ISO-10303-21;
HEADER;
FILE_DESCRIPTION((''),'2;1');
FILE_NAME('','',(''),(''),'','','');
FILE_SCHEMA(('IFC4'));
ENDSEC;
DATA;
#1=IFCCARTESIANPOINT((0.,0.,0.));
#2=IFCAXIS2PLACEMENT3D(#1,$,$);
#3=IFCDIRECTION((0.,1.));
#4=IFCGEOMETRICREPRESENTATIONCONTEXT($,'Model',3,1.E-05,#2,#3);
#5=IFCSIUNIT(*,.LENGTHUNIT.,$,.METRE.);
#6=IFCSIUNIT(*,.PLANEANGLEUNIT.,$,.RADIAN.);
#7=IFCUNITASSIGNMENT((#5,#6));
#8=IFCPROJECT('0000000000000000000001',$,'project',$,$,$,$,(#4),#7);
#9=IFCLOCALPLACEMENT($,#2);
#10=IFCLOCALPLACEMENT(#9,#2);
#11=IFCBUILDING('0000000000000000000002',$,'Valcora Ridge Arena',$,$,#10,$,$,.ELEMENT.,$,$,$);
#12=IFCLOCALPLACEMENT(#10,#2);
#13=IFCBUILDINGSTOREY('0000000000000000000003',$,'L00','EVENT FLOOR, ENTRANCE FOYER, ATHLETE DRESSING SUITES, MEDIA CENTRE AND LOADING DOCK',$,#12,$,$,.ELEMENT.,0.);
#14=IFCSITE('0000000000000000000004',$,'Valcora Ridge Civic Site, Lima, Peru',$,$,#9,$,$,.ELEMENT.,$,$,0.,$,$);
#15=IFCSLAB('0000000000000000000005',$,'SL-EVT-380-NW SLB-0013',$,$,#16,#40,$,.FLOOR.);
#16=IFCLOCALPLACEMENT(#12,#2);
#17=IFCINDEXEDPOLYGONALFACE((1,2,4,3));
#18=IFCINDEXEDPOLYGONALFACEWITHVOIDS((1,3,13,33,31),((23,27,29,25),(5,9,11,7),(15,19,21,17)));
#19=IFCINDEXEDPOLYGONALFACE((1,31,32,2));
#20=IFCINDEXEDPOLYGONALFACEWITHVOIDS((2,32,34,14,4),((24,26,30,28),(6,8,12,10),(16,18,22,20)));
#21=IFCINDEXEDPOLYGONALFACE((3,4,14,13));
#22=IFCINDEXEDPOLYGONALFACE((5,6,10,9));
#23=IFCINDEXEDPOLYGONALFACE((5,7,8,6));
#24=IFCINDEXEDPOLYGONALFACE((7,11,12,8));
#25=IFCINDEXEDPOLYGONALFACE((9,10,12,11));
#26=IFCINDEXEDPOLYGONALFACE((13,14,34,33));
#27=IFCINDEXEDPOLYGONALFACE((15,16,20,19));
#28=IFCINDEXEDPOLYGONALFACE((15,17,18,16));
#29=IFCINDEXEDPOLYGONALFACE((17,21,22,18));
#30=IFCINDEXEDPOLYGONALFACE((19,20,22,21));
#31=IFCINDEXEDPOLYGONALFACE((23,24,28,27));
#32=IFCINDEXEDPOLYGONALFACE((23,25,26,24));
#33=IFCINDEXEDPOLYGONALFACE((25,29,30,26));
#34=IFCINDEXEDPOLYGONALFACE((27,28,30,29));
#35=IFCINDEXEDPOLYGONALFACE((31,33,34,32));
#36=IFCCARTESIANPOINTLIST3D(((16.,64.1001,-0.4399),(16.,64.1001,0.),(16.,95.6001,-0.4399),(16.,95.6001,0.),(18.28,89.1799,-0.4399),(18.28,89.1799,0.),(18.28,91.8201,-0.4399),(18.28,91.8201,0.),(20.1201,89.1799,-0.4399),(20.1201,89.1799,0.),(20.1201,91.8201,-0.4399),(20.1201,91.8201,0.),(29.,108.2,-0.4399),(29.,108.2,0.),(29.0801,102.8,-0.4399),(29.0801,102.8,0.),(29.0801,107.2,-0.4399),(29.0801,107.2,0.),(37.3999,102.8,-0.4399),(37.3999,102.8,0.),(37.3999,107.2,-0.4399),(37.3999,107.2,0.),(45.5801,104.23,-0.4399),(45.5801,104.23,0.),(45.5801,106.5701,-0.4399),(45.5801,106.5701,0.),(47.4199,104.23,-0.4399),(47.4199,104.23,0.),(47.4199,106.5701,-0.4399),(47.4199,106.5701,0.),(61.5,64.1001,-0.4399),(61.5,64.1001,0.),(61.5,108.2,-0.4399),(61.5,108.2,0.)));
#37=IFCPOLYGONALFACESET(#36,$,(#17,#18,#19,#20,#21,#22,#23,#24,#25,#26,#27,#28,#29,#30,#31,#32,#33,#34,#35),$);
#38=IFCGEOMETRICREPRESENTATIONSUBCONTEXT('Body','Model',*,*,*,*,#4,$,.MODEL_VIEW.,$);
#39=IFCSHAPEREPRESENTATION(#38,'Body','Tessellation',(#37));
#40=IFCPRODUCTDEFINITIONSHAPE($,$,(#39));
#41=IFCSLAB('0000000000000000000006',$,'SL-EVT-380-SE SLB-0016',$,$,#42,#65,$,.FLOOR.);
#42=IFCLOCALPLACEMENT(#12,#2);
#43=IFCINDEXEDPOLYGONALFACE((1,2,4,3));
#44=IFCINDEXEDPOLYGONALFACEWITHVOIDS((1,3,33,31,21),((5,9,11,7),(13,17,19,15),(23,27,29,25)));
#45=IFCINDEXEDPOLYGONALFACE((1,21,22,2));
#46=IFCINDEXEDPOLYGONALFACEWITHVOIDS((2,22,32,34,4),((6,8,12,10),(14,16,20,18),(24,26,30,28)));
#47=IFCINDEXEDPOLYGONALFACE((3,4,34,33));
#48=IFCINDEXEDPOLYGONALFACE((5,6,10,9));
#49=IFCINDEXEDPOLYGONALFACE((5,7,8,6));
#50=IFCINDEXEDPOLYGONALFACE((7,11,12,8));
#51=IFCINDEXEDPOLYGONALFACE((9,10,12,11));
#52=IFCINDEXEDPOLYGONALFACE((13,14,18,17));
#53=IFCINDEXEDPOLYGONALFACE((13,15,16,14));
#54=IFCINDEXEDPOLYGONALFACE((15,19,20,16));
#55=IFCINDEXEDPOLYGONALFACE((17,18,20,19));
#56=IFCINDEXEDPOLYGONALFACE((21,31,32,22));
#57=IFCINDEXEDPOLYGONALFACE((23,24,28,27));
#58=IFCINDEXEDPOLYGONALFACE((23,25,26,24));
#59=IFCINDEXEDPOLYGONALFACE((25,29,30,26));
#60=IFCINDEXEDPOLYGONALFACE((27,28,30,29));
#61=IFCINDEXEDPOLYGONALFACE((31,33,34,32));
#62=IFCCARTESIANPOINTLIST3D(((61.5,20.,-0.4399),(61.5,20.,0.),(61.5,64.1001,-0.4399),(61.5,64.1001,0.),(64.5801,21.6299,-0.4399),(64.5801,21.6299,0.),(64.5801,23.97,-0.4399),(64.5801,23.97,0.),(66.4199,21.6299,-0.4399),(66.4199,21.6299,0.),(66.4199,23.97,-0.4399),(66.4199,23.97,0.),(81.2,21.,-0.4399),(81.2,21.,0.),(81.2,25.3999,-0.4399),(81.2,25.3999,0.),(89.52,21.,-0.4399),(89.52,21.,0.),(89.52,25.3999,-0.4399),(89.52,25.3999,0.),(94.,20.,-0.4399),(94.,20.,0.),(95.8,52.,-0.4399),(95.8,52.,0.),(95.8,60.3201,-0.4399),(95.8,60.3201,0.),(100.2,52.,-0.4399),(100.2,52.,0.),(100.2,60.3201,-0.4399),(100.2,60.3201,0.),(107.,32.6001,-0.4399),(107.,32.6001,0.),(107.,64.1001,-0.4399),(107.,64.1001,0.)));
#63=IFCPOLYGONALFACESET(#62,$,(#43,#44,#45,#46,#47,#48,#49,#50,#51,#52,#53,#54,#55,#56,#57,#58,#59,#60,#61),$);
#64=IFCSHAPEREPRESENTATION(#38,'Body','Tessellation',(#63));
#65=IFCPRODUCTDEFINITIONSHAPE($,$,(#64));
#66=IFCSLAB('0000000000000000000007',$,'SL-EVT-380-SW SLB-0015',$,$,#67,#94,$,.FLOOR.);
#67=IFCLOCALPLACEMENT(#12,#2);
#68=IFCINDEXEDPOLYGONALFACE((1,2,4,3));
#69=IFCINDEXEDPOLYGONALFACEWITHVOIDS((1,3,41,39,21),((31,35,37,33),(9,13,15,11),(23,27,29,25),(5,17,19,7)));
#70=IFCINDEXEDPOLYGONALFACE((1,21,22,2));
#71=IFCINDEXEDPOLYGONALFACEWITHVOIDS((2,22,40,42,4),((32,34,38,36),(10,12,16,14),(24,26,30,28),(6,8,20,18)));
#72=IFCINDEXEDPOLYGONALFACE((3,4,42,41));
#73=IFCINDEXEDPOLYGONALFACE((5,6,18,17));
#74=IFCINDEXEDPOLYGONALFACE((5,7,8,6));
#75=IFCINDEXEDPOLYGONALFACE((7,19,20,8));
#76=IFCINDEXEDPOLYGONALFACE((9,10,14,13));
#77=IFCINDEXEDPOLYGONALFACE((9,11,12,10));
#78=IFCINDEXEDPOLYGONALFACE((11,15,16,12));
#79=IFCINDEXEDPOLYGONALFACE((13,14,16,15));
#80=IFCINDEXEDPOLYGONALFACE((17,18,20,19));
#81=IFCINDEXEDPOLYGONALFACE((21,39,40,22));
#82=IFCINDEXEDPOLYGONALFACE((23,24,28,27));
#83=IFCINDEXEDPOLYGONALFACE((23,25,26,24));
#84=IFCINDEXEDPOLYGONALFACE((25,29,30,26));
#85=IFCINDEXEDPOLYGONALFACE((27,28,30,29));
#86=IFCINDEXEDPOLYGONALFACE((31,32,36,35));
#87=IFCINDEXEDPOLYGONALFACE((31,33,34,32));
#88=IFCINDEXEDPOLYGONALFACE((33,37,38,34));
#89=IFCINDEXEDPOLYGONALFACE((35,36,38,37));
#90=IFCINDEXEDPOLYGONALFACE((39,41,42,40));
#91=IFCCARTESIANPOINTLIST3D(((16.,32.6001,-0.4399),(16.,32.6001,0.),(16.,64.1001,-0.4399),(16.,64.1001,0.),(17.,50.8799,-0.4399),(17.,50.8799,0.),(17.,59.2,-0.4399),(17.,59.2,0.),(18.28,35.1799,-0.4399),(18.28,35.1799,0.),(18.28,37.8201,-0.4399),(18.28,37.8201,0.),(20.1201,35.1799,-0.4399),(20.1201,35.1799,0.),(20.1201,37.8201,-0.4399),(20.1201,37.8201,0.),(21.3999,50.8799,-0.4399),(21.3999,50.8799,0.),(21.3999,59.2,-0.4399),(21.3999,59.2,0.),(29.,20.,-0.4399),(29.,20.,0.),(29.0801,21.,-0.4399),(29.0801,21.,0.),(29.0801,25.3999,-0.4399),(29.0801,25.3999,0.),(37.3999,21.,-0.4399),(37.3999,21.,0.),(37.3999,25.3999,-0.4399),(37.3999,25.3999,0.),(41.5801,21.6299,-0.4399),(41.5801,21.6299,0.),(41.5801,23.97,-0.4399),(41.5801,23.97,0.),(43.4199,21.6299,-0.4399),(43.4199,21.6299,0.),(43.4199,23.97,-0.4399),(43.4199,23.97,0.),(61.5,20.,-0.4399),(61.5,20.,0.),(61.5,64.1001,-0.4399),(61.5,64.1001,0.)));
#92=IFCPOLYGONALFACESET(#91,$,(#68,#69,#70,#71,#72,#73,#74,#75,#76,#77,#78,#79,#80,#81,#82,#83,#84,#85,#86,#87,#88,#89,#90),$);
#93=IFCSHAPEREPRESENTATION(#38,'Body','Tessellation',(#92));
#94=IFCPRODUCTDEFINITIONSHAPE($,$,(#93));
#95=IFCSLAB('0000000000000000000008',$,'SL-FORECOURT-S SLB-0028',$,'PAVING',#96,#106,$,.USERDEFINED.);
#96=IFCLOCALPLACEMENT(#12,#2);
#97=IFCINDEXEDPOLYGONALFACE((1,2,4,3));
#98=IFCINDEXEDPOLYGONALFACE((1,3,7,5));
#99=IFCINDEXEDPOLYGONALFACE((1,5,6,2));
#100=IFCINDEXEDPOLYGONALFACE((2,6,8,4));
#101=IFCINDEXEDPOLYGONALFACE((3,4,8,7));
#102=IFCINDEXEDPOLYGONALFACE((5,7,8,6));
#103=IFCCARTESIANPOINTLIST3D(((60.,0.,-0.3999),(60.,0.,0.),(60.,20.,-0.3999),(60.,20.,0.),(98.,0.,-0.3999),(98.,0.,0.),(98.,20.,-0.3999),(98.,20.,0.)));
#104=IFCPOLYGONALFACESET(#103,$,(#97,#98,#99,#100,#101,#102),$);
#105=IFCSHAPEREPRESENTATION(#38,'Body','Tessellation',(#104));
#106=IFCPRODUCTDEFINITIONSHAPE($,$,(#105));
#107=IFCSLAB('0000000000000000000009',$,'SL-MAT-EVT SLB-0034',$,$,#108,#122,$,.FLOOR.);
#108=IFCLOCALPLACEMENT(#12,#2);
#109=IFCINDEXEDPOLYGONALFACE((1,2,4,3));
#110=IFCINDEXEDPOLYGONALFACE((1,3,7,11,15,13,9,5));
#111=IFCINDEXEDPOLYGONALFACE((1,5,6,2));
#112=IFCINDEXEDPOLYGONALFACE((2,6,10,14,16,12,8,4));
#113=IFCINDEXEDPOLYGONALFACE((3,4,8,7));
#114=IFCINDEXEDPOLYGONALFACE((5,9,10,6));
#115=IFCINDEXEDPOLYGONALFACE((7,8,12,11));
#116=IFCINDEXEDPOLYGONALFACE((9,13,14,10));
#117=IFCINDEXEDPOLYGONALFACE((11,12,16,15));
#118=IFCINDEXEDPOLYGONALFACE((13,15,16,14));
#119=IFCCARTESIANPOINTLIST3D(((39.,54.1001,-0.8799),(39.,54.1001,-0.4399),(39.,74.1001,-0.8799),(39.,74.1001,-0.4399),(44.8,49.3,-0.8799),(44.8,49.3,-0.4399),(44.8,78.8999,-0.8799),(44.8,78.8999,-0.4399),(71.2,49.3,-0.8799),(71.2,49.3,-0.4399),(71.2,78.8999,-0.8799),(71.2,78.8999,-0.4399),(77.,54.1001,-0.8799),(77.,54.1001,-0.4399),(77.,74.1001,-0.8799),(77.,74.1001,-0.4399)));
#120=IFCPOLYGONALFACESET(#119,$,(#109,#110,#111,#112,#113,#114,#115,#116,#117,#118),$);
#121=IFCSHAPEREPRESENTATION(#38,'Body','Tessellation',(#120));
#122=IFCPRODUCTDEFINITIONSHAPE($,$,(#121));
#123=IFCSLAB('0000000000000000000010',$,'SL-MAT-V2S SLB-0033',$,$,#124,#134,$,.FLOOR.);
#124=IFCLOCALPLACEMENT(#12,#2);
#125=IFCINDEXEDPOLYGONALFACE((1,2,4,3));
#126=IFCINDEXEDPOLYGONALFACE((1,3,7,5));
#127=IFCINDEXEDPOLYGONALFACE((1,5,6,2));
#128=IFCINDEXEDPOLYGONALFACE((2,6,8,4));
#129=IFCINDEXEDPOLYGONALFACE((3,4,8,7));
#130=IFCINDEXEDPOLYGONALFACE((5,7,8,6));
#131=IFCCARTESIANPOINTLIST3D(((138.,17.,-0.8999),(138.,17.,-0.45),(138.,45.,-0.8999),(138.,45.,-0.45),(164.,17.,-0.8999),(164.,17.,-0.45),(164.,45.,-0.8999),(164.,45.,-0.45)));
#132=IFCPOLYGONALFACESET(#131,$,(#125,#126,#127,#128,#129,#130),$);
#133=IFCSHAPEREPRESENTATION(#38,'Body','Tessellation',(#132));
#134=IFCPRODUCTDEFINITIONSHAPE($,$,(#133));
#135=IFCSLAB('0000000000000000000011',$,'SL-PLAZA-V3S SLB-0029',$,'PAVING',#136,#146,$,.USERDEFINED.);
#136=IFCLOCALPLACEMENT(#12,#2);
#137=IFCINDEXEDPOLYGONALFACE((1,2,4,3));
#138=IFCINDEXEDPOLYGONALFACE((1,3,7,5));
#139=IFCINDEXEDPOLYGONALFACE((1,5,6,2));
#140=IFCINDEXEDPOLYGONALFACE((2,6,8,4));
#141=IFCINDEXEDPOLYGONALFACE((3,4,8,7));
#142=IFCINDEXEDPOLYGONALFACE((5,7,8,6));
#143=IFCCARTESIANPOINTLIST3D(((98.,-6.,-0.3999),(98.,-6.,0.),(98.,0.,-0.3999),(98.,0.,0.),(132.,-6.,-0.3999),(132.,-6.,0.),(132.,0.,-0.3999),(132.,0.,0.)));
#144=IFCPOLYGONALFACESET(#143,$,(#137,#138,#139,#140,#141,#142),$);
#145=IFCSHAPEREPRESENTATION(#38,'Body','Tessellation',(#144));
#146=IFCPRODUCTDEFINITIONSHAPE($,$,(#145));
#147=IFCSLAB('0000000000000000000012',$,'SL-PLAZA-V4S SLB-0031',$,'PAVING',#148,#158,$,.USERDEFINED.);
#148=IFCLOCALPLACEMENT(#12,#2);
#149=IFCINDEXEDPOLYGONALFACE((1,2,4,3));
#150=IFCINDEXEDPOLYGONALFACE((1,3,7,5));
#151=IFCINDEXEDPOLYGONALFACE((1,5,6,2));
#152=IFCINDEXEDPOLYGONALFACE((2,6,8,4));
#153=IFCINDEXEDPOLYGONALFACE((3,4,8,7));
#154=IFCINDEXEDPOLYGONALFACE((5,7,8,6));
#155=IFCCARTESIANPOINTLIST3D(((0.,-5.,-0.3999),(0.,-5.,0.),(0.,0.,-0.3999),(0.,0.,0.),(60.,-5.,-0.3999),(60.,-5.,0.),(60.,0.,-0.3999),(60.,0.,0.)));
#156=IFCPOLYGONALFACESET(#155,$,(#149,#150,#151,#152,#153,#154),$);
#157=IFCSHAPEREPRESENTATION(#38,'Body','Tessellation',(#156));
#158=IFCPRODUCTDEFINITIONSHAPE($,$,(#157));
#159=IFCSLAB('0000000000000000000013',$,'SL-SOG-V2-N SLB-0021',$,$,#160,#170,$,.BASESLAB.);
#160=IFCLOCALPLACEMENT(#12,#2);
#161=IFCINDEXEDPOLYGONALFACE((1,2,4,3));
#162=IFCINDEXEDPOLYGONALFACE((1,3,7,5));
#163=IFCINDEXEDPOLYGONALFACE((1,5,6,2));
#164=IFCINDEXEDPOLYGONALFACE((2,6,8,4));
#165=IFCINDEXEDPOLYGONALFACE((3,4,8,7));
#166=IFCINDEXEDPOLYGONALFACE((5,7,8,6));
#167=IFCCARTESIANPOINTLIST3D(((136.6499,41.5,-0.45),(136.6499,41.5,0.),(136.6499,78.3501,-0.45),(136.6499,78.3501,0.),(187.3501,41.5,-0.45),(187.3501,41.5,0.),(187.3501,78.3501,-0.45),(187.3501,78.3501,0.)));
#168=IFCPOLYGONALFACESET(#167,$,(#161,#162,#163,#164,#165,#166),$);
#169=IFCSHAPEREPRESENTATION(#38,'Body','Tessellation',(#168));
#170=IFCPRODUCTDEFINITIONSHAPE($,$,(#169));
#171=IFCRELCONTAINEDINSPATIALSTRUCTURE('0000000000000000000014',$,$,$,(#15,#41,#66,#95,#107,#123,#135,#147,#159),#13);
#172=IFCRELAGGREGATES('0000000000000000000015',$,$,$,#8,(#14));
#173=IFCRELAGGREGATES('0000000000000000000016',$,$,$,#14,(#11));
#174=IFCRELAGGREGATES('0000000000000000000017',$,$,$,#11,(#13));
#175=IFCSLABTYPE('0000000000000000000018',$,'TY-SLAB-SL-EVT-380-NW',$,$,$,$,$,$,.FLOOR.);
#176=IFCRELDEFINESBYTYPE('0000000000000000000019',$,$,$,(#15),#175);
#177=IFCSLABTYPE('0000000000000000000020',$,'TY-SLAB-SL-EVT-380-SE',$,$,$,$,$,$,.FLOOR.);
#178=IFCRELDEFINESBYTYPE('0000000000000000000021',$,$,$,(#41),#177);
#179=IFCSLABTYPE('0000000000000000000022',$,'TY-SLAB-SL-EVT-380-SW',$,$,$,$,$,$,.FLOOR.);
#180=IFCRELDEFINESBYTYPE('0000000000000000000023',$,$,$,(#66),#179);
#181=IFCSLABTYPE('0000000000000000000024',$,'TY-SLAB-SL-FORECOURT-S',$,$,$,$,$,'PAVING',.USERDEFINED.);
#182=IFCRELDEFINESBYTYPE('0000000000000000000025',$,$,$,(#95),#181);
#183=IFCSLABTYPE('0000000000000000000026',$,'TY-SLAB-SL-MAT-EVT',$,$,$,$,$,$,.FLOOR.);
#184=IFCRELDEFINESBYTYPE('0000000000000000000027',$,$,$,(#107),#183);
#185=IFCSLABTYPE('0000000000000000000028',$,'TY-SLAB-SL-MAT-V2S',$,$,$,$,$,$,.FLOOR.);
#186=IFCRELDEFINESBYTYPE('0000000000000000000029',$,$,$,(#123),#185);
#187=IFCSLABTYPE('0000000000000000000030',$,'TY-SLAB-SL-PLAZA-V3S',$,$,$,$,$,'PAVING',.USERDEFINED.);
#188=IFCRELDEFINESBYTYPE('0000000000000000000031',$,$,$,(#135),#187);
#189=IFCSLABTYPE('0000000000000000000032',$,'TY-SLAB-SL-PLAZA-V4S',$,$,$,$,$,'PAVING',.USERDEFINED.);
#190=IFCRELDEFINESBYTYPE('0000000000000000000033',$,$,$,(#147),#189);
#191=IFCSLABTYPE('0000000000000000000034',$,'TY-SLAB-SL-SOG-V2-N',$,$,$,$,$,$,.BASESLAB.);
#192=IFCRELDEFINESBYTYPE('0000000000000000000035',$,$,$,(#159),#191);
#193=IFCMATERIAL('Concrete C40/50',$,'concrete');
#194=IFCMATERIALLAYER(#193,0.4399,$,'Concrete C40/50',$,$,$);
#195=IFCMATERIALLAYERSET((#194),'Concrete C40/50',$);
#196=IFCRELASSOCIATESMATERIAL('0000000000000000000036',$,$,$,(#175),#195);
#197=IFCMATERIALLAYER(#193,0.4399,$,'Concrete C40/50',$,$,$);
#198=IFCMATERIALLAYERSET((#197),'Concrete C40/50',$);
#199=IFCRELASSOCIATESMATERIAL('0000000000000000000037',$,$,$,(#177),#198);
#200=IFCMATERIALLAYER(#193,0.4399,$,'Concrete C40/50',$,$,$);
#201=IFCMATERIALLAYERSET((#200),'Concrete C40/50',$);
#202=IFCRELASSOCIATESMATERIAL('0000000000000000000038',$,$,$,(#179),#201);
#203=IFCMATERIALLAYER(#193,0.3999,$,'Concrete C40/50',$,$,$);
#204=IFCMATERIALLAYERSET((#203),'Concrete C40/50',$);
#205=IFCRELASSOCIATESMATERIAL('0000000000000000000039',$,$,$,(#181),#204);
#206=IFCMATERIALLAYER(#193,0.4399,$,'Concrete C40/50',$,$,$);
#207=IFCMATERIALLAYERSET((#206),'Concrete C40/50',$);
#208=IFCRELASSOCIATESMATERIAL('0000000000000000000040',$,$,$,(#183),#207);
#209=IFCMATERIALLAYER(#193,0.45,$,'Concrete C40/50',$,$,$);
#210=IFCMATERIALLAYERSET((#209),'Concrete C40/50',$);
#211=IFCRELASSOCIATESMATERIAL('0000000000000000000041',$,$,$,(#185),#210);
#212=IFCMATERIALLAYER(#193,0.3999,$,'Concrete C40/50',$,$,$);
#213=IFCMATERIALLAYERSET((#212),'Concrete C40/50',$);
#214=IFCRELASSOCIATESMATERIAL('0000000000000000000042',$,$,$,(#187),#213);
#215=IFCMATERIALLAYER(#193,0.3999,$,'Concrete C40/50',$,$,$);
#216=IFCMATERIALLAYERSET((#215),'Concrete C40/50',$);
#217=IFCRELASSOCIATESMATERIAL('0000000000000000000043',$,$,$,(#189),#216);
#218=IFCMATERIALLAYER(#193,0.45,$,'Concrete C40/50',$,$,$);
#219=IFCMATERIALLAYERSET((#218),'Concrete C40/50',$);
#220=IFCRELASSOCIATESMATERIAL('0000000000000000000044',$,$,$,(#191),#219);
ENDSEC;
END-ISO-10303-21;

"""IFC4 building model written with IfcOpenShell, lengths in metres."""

from ifc_helpers import new_model, si_unit, direction, frame, origin, place, context, subcontext, project, spatial, polyline, outline, extrude, material, layer, layer_set, type_object, element, save


model = new_model("IFC4")

# Units and contexts
model_context = context("Model", 3, precision=1e-05, world=origin(), true_north=direction((0.0, 1.0)))
body_context = subcontext(model_context, "Body", "Model", "MODEL_VIEW")
ifc_project = project(units=[si_unit("LENGTHUNIT", "METRE"), si_unit("PLANEANGLEUNIT", "RADIAN")], contexts=[model_context])

# Site, building, storey
site_placement = place(None, origin())
site = spatial("IfcSite", under=ifc_project, at=site_placement, Name="Valcora Ridge Civic Site, Lima, Peru", CompositionType="ELEMENT", RefElevation=0.0)
building_placement = place(site_placement, origin())
building = spatial("IfcBuilding", under=site, at=building_placement, Name="Valcora Ridge Arena", CompositionType="ELEMENT")
storey_placement = place(building_placement, origin())
storey = spatial("IfcBuildingStorey", under=building, at=storey_placement, Name="L00", Description="EVENT FLOOR, ENTRANCE FOYER, ATHLETE DRESSING SUITES, MEDIA CENTRE AND LOADING DOCK", CompositionType="ELEMENT", Elevation=0.0)

# Shared definitions
ifc_material_1 = material(Name="Concrete C40/50", Category="concrete")

# Slabs
ifc_layer_1 = layer(ifc_material_1, 0.4399, Name="Concrete C40/50")
ifc_layer_set_1 = layer_set([ifc_layer_1], Name="Concrete C40/50")
slab_type_1 = type_object("IfcSlabType", Name="TY-SLAB-SL-EVT-380-NW", PredefinedType="FLOOR", material=ifc_layer_set_1)
slab_1_placement = place(storey_placement, frame((0.0, 0.0, -0.4399)))
element("IfcSlab", 1, at=slab_1_placement, inside=storey, type_object=slab_type_1, Name="SL-EVT-380-NW SLB-0013", PredefinedType="FLOOR", context=body_context, shape_type="SweptSolid", body=[
    extrude(outline(polyline([(16.0, 95.6001), (16.0, 64.1001), (61.5, 64.1001), (61.5, 108.2), (29.0, 108.2), (16.0, 95.6001)]), holes=[polyline([(37.3999, 102.8), (37.3999, 107.2), (29.0801, 107.2), (29.0801, 102.8), (37.3999, 102.8)]), polyline([(18.28, 91.8201), (18.28, 89.1799), (20.1201, 89.1799), (20.1201, 91.8201), (18.28, 91.8201)]), polyline([(45.5801, 106.5701), (45.5801, 104.23), (47.4199, 104.23), (47.4199, 106.5701), (45.5801, 106.5701)])]), origin(), (0.0, 0.0, 1.0), 0.4399),
])
ifc_layer_2 = layer(ifc_material_1, 0.4399, Name="Concrete C40/50")
ifc_layer_set_2 = layer_set([ifc_layer_2], Name="Concrete C40/50")
slab_type_2 = type_object("IfcSlabType", Name="TY-SLAB-SL-EVT-380-SE", PredefinedType="FLOOR", material=ifc_layer_set_2)
slab_2_placement = place(storey_placement, frame((0.0, 0.0, -0.4399)))
element("IfcSlab", 2, at=slab_2_placement, inside=storey, type_object=slab_type_2, Name="SL-EVT-380-SE SLB-0016", PredefinedType="FLOOR", context=body_context, shape_type="SweptSolid", body=[
    extrude(outline(polyline([(107.0, 32.6001), (107.0, 64.1001), (61.5, 64.1001), (61.5, 20.0), (94.0, 20.0), (107.0, 32.6001)]), holes=[polyline([(89.52, 21.0), (89.52, 25.3999), (81.2, 25.3999), (81.2, 21.0), (89.52, 21.0)]), polyline([(100.2, 52.0), (100.2, 60.3201), (95.8, 60.3201), (95.8, 52.0), (100.2, 52.0)]), polyline([(64.5801, 23.97), (64.5801, 21.6299), (66.4199, 21.6299), (66.4199, 23.97), (64.5801, 23.97)])]), origin(), (0.0, 0.0, 1.0), 0.4399),
])
ifc_layer_3 = layer(ifc_material_1, 0.4399, Name="Concrete C40/50")
ifc_layer_set_3 = layer_set([ifc_layer_3], Name="Concrete C40/50")
slab_type_3 = type_object("IfcSlabType", Name="TY-SLAB-SL-EVT-380-SW", PredefinedType="FLOOR", material=ifc_layer_set_3)
slab_3_placement = place(storey_placement, frame((0.0, 0.0, -0.4399)))
element("IfcSlab", 3, at=slab_3_placement, inside=storey, type_object=slab_type_3, Name="SL-EVT-380-SW SLB-0015", PredefinedType="FLOOR", context=body_context, shape_type="SweptSolid", body=[
    extrude(outline(polyline([(16.0, 64.1001), (16.0, 32.6001), (29.0, 20.0), (61.5, 20.0), (61.5, 64.1001), (16.0, 64.1001)]), holes=[polyline([(37.3999, 21.0), (37.3999, 25.3999), (29.0801, 25.3999), (29.0801, 21.0), (37.3999, 21.0)]), polyline([(21.3999, 50.8799), (21.3999, 59.2), (17.0, 59.2), (17.0, 50.8799), (21.3999, 50.8799)]), polyline([(41.5801, 23.97), (41.5801, 21.6299), (43.4199, 21.6299), (43.4199, 23.97), (41.5801, 23.97)]), polyline([(18.28, 37.8201), (18.28, 35.1799), (20.1201, 35.1799), (20.1201, 37.8201), (18.28, 37.8201)])]), origin(), (0.0, 0.0, 1.0), 0.4399),
])
ifc_layer_4 = layer(ifc_material_1, 0.3999, Name="Concrete C40/50")
ifc_layer_set_4 = layer_set([ifc_layer_4], Name="Concrete C40/50")
slab_type_4 = type_object("IfcSlabType", Name="TY-SLAB-SL-FORECOURT-S", ElementType="PAVING", PredefinedType="USERDEFINED", material=ifc_layer_set_4)
slab_4_placement = place(storey_placement, frame((0.0, 0.0, -0.3999)))
element("IfcSlab", 4, at=slab_4_placement, inside=storey, type_object=slab_type_4, Name="SL-FORECOURT-S SLB-0028", ObjectType="PAVING", PredefinedType="USERDEFINED", context=body_context, shape_type="SweptSolid", body=[
    extrude(outline(polyline([(98.0, 0.0), (98.0, 20.0), (60.0, 20.0), (60.0, 0.0), (98.0, 0.0)])), origin(), (0.0, 0.0, 1.0), 0.3999),
])
ifc_layer_5 = layer(ifc_material_1, 0.4399, Name="Concrete C40/50")
ifc_layer_set_5 = layer_set([ifc_layer_5], Name="Concrete C40/50")
slab_type_5 = type_object("IfcSlabType", Name="TY-SLAB-SL-MAT-EVT", PredefinedType="FLOOR", material=ifc_layer_set_5)
slab_5_placement = place(storey_placement, frame((0.0, 0.0, -0.8799)))
element("IfcSlab", 5, at=slab_5_placement, inside=storey, type_object=slab_type_5, Name="SL-MAT-EVT SLB-0034", PredefinedType="FLOOR", context=body_context, shape_type="SweptSolid", body=[
    extrude(outline(polyline([(44.8, 49.3), (71.2, 49.3), (77.0, 54.1001), (77.0, 74.1001), (71.2, 78.8999), (44.8, 78.8999), (39.0, 74.1001), (39.0, 54.1001), (44.8, 49.3)])), origin(), (0.0, 0.0, 1.0), 0.4399),
])
ifc_layer_6 = layer(ifc_material_1, 0.45, Name="Concrete C40/50")
ifc_layer_set_6 = layer_set([ifc_layer_6], Name="Concrete C40/50")
slab_type_6 = type_object("IfcSlabType", Name="TY-SLAB-SL-MAT-V2S", PredefinedType="FLOOR", material=ifc_layer_set_6)
slab_6_placement = place(storey_placement, frame((0.0, 0.0, -0.8999)))
element("IfcSlab", 6, at=slab_6_placement, inside=storey, type_object=slab_type_6, Name="SL-MAT-V2S SLB-0033", PredefinedType="FLOOR", context=body_context, shape_type="SweptSolid", body=[
    extrude(outline(polyline([(138.0, 17.0), (164.0, 17.0), (164.0, 45.0), (138.0, 45.0), (138.0, 17.0)])), origin(), (0.0, 0.0, 1.0), 0.45),
])
ifc_layer_7 = layer(ifc_material_1, 0.3999, Name="Concrete C40/50")
ifc_layer_set_7 = layer_set([ifc_layer_7], Name="Concrete C40/50")
slab_type_7 = type_object("IfcSlabType", Name="TY-SLAB-SL-PLAZA-V3S", ElementType="PAVING", PredefinedType="USERDEFINED", material=ifc_layer_set_7)
slab_7_placement = place(storey_placement, frame((0.0, 0.0, -0.3999)))
element("IfcSlab", 7, at=slab_7_placement, inside=storey, type_object=slab_type_7, Name="SL-PLAZA-V3S SLB-0029", ObjectType="PAVING", PredefinedType="USERDEFINED", context=body_context, shape_type="SweptSolid", body=[
    extrude(outline(polyline([(132.0, -6.0), (132.0, 0.0), (98.0, 0.0), (98.0, -6.0), (132.0, -6.0)])), origin(), (0.0, 0.0, 1.0), 0.3999),
])
ifc_layer_8 = layer(ifc_material_1, 0.3999, Name="Concrete C40/50")
ifc_layer_set_8 = layer_set([ifc_layer_8], Name="Concrete C40/50")
slab_type_8 = type_object("IfcSlabType", Name="TY-SLAB-SL-PLAZA-V4S", ElementType="PAVING", PredefinedType="USERDEFINED", material=ifc_layer_set_8)
slab_8_placement = place(storey_placement, frame((0.0, 0.0, -0.3999)))
element("IfcSlab", 8, at=slab_8_placement, inside=storey, type_object=slab_type_8, Name="SL-PLAZA-V4S SLB-0031", ObjectType="PAVING", PredefinedType="USERDEFINED", context=body_context, shape_type="SweptSolid", body=[
    extrude(outline(polyline([(60.0, -5.0), (60.0, 0.0), (0.0, 0.0), (0.0, -5.0), (60.0, -5.0)])), origin(), (0.0, 0.0, 1.0), 0.3999),
])
ifc_layer_9 = layer(ifc_material_1, 0.45, Name="Concrete C40/50")
ifc_layer_set_9 = layer_set([ifc_layer_9], Name="Concrete C40/50")
slab_type_9 = type_object("IfcSlabType", Name="TY-SLAB-SL-SOG-V2-N", PredefinedType="BASESLAB", material=ifc_layer_set_9)
slab_9_placement = place(storey_placement, frame((0.0, 0.0, -0.45)))
element("IfcSlab", 9, at=slab_9_placement, inside=storey, type_object=slab_type_9, Name="SL-SOG-V2-N SLB-0021", PredefinedType="BASESLAB", context=body_context, shape_type="SweptSolid", body=[
    extrude(outline(polyline([(136.6499, 78.3501), (136.6499, 41.5), (187.3501, 41.5), (187.3501, 78.3501), (136.6499, 78.3501)])), origin(), (0.0, 0.0, 1.0), 0.45),
])

save(model, "model.ifc")
